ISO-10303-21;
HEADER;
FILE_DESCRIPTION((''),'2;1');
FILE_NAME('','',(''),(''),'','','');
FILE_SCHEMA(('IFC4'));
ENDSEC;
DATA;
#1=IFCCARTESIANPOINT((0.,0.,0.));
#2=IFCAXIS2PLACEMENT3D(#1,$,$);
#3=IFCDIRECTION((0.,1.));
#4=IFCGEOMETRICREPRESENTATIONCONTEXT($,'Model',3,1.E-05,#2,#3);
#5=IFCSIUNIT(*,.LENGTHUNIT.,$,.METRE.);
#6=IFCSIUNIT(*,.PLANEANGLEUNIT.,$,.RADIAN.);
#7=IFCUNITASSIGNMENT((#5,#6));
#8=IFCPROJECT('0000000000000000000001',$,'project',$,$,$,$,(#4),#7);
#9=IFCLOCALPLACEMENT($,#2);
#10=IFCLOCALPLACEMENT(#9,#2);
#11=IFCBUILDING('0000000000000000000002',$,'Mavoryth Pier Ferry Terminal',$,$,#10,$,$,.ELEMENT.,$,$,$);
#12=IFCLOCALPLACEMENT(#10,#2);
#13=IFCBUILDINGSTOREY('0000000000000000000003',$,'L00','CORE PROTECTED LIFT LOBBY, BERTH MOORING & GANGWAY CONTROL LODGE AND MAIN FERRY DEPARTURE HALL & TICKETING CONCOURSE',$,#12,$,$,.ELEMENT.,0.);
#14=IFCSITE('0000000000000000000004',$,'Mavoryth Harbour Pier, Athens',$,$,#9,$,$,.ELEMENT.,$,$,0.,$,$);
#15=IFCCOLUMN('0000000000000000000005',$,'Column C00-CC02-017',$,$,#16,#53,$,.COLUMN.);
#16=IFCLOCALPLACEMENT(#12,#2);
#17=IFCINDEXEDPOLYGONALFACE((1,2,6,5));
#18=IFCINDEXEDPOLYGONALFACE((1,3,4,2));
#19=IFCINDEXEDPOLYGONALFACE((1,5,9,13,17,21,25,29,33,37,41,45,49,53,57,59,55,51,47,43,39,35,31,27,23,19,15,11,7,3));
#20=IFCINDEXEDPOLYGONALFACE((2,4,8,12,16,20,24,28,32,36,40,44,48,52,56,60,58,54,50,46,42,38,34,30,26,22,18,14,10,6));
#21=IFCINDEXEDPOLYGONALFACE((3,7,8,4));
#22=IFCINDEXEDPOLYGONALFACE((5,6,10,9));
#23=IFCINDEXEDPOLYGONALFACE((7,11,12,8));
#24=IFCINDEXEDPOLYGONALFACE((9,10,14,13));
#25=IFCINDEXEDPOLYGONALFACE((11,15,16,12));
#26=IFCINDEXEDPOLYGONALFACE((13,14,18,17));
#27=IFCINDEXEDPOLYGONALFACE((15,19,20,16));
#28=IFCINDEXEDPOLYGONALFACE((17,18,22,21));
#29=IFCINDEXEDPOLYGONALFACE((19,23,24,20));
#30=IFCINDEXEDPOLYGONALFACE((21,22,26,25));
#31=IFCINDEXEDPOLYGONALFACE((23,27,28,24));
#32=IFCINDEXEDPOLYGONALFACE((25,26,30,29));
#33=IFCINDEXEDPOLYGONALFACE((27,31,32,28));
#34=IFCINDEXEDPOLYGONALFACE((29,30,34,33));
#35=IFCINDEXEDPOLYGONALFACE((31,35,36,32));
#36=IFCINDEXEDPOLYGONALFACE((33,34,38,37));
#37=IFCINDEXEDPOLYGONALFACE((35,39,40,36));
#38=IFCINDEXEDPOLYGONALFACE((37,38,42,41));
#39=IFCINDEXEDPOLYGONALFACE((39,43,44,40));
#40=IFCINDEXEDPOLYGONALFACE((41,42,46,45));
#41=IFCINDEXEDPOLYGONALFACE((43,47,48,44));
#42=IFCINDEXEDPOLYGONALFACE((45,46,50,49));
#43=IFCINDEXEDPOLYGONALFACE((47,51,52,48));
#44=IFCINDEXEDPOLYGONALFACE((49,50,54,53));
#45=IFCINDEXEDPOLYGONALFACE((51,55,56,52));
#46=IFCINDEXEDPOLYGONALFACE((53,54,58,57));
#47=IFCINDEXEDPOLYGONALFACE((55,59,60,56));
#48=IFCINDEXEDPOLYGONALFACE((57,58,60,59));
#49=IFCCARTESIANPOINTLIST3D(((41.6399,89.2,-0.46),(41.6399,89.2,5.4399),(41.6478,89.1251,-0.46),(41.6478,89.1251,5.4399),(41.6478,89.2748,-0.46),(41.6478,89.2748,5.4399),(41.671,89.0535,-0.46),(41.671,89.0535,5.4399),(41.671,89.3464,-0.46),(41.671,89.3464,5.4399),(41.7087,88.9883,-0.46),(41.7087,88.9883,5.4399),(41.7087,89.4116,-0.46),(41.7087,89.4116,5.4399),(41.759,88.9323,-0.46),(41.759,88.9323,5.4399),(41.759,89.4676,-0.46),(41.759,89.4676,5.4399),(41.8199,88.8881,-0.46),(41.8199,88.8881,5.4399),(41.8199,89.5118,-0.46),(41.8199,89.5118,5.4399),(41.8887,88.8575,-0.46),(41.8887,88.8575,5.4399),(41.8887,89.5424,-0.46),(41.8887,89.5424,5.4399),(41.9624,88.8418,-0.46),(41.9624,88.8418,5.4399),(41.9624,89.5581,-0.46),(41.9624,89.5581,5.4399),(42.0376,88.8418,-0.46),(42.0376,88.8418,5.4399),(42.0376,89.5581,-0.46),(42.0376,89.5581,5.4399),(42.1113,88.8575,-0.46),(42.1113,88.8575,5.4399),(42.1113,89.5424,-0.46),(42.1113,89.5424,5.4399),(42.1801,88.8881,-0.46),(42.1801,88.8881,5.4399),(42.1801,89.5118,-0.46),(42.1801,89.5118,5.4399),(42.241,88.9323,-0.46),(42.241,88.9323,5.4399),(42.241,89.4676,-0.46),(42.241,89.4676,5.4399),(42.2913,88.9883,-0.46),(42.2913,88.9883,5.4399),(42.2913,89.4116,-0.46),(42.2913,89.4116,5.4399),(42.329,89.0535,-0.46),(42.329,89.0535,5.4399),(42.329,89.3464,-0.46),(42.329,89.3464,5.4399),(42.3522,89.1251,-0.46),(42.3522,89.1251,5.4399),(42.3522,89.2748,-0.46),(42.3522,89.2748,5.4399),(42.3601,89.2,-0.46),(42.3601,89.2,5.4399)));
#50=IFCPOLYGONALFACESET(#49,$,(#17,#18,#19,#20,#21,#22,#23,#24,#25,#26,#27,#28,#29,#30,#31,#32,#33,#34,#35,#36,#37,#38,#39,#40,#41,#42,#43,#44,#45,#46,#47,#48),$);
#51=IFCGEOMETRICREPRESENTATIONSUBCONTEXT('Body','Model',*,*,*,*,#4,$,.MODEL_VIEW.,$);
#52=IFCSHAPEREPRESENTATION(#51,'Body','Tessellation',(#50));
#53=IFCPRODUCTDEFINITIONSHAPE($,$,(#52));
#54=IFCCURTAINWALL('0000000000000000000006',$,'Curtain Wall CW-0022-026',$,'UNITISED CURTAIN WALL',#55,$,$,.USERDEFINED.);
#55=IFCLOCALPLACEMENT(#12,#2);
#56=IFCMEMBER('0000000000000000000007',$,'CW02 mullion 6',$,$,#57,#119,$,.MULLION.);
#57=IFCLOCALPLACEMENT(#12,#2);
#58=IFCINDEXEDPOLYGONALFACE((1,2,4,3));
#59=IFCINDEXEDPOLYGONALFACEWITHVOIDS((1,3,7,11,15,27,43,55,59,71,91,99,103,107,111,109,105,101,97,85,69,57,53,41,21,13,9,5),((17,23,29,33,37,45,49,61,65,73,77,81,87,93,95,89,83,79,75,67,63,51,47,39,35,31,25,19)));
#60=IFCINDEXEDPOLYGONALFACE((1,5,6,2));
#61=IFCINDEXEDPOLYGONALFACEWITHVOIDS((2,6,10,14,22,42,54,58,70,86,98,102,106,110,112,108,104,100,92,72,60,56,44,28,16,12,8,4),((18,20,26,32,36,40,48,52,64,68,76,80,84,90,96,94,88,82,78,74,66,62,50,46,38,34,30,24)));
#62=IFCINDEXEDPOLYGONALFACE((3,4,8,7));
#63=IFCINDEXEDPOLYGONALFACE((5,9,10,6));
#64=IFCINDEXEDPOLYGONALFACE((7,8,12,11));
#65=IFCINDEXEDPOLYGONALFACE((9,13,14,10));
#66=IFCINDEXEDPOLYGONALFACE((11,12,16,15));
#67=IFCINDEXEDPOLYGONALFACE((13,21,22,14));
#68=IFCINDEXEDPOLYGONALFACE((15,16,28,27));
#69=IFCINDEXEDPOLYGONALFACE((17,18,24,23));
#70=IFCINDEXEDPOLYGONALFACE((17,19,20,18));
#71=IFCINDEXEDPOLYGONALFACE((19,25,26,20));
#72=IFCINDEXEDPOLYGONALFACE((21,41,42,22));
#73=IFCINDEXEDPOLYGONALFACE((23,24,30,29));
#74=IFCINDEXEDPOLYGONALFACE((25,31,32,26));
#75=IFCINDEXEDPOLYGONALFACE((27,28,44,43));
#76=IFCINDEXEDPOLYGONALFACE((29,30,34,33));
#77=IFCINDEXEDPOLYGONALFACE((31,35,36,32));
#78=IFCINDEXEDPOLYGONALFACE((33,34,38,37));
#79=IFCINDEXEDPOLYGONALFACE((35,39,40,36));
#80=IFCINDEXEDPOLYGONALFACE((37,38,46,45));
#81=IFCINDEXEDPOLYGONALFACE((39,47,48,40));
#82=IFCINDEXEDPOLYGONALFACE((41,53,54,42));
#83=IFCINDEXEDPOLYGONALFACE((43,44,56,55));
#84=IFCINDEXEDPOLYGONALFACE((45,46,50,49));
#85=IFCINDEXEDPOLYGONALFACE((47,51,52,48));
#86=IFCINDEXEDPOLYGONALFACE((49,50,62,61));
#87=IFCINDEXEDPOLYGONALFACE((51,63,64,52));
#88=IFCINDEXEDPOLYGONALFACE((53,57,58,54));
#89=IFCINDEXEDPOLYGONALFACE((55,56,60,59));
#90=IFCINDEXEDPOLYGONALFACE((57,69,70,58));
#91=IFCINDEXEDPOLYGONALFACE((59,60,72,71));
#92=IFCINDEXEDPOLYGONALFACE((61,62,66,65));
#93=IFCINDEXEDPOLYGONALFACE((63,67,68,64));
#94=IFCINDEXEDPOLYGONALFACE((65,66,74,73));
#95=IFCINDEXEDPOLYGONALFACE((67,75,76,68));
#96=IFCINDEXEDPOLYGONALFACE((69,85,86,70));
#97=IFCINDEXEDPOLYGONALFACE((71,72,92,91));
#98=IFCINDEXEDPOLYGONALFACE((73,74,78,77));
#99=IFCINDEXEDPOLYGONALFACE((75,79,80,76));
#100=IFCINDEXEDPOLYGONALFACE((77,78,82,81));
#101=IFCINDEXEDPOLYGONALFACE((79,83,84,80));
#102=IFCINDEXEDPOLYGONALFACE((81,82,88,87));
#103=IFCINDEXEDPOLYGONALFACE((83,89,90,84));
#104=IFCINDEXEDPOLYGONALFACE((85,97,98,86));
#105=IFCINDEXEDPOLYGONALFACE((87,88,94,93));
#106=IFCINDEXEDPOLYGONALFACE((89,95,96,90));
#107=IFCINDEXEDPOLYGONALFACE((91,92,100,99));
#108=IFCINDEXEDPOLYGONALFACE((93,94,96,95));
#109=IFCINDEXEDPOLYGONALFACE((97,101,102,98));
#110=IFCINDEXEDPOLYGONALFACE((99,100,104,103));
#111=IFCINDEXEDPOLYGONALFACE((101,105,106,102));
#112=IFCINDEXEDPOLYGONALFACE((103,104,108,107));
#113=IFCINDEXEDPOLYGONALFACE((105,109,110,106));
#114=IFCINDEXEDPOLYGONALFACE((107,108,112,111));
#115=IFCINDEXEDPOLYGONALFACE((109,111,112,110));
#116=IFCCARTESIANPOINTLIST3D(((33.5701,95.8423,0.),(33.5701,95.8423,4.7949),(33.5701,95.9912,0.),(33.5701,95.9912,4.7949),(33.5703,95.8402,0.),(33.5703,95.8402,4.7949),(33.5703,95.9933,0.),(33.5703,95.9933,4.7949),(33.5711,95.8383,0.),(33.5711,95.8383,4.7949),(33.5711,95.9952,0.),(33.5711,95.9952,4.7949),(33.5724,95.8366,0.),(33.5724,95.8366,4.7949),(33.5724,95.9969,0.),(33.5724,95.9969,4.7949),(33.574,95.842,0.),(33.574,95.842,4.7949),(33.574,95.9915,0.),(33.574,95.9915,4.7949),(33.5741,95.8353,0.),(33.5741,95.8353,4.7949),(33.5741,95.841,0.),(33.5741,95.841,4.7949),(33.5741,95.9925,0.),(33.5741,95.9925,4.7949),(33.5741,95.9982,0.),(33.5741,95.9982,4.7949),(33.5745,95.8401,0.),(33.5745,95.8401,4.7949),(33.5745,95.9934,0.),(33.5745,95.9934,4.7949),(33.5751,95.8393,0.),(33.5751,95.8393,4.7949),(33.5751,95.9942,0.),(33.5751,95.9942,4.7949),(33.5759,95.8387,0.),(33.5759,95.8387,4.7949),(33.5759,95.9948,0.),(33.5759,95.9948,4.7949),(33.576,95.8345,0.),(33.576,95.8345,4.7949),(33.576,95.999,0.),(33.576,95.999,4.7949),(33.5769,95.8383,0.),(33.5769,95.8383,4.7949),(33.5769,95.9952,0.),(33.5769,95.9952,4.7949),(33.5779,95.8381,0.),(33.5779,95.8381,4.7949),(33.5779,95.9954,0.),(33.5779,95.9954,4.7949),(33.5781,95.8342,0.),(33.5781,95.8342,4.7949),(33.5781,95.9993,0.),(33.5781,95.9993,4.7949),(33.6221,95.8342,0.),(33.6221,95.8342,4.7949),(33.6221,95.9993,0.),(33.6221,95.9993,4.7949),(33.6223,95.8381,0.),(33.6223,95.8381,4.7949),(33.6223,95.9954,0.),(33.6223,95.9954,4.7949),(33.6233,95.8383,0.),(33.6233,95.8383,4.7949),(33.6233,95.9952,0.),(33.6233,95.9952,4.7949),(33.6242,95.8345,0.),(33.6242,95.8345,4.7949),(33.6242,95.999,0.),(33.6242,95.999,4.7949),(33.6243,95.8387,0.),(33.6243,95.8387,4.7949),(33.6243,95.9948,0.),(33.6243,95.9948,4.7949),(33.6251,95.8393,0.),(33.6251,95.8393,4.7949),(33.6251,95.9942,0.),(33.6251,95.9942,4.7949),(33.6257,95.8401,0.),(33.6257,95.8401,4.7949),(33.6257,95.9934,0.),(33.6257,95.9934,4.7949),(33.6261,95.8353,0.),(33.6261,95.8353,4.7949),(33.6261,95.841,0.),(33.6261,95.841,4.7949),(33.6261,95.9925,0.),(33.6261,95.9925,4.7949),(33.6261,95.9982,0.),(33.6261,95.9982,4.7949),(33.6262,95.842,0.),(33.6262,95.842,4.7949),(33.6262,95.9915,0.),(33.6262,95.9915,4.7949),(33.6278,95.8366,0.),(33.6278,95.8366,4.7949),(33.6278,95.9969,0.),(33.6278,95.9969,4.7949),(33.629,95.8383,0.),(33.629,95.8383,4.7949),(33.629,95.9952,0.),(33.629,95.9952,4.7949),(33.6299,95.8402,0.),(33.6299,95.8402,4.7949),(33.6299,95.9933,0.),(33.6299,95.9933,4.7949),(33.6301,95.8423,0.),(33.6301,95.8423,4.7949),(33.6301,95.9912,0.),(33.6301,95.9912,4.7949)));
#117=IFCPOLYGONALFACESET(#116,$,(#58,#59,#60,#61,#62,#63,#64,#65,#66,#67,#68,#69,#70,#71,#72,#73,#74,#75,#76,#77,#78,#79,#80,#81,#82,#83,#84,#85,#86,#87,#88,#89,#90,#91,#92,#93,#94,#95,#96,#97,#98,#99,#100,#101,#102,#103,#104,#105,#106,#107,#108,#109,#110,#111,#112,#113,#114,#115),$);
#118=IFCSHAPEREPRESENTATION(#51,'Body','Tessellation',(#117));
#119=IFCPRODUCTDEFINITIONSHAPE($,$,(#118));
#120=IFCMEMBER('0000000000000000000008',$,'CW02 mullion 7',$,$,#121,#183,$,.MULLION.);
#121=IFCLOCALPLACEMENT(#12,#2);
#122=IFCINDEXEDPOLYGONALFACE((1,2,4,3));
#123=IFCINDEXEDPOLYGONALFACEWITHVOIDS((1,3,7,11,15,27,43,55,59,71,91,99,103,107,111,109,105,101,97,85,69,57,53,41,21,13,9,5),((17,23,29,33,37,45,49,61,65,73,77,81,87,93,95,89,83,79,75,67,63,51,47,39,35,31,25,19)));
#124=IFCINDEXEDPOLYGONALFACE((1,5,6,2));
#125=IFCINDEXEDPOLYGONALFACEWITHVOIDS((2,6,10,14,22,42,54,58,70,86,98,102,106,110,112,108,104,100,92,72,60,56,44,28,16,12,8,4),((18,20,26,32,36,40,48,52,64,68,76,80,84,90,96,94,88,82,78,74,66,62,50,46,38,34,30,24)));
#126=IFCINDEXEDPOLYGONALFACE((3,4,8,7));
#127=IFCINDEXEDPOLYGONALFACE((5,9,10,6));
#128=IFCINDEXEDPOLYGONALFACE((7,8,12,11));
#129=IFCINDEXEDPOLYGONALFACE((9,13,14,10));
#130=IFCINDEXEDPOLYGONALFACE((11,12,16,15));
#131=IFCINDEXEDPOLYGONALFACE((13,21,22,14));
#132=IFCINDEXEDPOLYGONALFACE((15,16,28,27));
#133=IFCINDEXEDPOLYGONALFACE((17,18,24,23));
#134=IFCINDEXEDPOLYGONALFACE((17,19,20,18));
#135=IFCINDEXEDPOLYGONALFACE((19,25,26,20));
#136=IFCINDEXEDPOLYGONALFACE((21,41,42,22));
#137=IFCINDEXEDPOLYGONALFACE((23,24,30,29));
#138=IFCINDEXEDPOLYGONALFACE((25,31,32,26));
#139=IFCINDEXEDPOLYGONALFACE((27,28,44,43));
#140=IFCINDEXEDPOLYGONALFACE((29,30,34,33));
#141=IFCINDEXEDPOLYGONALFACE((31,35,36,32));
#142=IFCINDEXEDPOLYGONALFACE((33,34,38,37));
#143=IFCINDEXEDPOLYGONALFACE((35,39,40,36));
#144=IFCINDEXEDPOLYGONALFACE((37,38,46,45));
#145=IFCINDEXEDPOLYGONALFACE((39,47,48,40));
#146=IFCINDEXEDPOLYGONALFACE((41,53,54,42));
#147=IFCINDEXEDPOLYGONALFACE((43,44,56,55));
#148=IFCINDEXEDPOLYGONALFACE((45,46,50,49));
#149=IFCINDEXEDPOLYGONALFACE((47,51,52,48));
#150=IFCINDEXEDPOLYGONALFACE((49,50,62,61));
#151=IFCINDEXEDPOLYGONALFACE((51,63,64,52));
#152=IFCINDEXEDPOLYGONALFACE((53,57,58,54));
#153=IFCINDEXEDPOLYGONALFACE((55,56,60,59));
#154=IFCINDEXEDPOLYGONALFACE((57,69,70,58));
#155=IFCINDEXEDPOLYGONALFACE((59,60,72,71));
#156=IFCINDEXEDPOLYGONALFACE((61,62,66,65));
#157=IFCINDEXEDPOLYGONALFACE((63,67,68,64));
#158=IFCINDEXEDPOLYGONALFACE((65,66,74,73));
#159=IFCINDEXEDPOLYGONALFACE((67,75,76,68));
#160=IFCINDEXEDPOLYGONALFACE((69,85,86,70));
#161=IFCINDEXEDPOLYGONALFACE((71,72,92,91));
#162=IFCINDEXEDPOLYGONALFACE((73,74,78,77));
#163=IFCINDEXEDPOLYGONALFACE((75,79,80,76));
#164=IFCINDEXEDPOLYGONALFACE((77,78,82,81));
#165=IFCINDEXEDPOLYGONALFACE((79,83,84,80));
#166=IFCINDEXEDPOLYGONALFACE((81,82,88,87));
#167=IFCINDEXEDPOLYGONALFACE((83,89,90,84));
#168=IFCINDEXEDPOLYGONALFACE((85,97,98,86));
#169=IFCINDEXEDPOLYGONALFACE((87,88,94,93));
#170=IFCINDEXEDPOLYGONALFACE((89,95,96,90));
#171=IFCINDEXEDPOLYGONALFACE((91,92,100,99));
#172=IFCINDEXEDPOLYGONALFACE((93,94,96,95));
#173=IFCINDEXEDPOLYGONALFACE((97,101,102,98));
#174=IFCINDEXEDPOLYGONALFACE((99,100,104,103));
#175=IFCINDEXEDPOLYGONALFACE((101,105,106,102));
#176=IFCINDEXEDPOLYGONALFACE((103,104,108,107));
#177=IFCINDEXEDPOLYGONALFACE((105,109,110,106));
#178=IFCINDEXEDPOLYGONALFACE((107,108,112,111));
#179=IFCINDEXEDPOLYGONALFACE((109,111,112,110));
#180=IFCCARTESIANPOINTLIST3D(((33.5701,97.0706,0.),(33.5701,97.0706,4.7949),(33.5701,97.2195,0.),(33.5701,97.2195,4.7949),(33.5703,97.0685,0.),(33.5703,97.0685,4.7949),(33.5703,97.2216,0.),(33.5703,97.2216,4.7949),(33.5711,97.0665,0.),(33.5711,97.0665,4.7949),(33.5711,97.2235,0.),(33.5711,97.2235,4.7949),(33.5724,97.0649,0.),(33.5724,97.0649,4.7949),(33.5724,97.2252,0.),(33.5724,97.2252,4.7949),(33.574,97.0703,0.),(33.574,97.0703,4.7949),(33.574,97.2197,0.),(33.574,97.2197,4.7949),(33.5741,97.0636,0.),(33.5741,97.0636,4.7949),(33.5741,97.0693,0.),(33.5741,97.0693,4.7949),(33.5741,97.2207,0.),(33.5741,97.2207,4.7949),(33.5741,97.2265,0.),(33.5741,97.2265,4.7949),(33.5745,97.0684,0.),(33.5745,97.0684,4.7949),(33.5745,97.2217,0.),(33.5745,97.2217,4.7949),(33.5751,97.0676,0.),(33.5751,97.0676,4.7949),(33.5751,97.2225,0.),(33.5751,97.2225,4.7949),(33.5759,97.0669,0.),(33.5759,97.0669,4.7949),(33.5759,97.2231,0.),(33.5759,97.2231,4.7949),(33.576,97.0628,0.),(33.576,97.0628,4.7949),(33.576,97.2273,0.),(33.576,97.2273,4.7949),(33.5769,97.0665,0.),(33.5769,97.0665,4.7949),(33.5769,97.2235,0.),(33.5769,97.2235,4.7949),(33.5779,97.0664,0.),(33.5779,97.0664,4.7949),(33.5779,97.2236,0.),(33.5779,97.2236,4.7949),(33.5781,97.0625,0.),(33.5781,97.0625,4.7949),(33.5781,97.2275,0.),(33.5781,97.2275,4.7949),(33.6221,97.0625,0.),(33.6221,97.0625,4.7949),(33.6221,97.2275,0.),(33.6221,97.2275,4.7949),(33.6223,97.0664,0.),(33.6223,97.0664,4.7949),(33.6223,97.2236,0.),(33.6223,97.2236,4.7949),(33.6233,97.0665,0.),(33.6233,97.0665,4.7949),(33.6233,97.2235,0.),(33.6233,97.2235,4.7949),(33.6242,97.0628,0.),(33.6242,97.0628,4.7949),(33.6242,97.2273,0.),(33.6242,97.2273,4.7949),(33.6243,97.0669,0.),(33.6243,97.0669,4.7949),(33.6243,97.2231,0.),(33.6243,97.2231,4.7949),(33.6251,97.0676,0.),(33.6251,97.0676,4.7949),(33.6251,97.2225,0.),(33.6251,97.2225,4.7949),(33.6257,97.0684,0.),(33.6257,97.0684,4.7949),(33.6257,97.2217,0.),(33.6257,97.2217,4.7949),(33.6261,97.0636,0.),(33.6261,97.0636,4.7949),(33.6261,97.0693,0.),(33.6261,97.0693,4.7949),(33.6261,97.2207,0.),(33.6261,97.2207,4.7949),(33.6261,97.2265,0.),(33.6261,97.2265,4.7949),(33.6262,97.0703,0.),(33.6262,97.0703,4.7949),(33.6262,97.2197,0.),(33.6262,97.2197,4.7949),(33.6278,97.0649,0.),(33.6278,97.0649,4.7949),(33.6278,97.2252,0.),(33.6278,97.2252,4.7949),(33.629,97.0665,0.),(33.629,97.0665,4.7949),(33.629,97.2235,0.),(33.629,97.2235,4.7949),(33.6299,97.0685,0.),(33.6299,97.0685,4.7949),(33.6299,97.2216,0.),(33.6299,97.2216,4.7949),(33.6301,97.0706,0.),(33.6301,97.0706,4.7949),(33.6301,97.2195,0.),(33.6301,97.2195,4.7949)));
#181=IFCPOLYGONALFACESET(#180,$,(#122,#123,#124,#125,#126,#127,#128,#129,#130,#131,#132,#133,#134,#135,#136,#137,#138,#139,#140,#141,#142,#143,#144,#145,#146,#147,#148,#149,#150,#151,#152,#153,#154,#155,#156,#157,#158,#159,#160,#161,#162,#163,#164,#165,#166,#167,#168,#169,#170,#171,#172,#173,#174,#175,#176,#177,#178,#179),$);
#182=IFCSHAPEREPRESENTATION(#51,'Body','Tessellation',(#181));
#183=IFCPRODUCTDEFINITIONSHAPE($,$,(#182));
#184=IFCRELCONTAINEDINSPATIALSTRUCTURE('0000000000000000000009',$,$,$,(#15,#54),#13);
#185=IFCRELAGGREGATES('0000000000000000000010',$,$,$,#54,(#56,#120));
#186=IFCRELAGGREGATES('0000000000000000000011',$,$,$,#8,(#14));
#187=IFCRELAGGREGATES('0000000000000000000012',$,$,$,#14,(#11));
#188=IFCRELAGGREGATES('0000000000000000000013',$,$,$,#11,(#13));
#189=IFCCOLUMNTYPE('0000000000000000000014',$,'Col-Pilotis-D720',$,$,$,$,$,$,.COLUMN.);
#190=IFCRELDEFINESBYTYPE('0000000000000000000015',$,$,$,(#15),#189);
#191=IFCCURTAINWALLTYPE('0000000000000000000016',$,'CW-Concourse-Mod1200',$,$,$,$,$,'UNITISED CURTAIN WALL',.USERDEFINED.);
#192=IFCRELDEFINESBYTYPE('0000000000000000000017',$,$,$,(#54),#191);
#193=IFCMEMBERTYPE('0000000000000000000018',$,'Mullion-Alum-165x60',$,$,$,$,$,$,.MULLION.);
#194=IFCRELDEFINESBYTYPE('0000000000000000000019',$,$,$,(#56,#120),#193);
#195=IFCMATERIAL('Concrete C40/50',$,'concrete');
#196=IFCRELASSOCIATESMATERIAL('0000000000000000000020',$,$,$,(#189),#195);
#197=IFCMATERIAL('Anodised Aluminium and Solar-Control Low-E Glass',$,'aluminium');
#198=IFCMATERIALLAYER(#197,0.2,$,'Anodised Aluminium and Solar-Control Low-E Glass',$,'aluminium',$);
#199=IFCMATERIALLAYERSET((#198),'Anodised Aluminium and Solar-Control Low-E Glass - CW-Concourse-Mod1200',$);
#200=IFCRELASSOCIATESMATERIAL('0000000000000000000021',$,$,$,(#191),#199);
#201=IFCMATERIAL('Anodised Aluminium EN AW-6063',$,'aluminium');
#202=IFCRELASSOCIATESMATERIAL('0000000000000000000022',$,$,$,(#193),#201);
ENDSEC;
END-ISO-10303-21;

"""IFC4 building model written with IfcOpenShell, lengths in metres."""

from ifc_helpers import new_model, si_unit, direction, frame, origin, origin_2d, place, context, subcontext, project, spatial, hollow_rectangle, circle, extrude, material, layer, layer_set, material_profile, profile_set, type_object, element, aggregate, save


model = new_model("IFC4")

# Units and contexts
model_context = context("Model", 3, precision=1e-05, world=origin(), true_north=direction((0.0, 1.0)))
body_context = subcontext(model_context, "Body", "Model", "MODEL_VIEW")
ifc_project = project(units=[si_unit("LENGTHUNIT", "METRE"), si_unit("PLANEANGLEUNIT", "RADIAN")], contexts=[model_context])

# Site, building, storey
site_placement = place(None, origin())
site = spatial("IfcSite", under=ifc_project, at=site_placement, Name="Mavoryth Harbour Pier, Athens", CompositionType="ELEMENT", RefElevation=0.0)
building_placement = place(site_placement, origin())
building = spatial("IfcBuilding", under=site, at=building_placement, Name="Mavoryth Pier Ferry Terminal", CompositionType="ELEMENT")
storey_placement = place(building_placement, origin())
storey = spatial("IfcBuildingStorey", under=building, at=storey_placement, Name="L00", Description="CORE PROTECTED LIFT LOBBY, BERTH MOORING & GANGWAY CONTROL LODGE AND MAIN FERRY DEPARTURE HALL & TICKETING CONCOURSE", CompositionType="ELEMENT", Elevation=0.0)

# Column
ifc_material_1 = material(Name="Concrete C40/50", Category="concrete")
ifc_material_profile_1 = material_profile(ifc_material_1, circle(Radius=0.3601, at=origin_2d()), Name="RC D720", Category="concrete")
ifc_profile_set_1 = profile_set([ifc_material_profile_1], Name="Concrete C40/50 - RC D720")
column_type = type_object("IfcColumnType", Name="Col-Pilotis-D720", PredefinedType="COLUMN", material=ifc_profile_set_1)
column_placement = place(storey_placement, frame((42.0, 89.2, -0.46), z_axis=(0.0, 0.0, 1.0), x_axis=(1.0, 0.0, 0.0)))
element("IfcColumn", 1, at=column_placement, inside=storey, type_object=column_type, Name="Column C00-CC02-017", PredefinedType="COLUMN", context=body_context, shape_type="SweptSolid", body=[
    extrude(circle(Radius=0.3601, at=origin_2d()), origin(), (0.0, 0.0, 1.0), 5.8999),
])

# Curtain wall, members
ifc_material_2 = material(Name="Anodised Aluminium and Solar-Control Low-E Glass", Category="aluminium")
ifc_layer_1 = layer(ifc_material_2, 0.2, Name="Anodised Aluminium and Solar-Control Low-E Glass", Category="aluminium")
ifc_layer_set_1 = layer_set([ifc_layer_1], Name="Anodised Aluminium and Solar-Control Low-E Glass - CW-Concourse-Mod1200")
curtain_wall_type = type_object("IfcCurtainWallType", Name="CW-Concourse-Mod1200", ElementType="UNITISED CURTAIN WALL", PredefinedType="USERDEFINED", material=ifc_layer_set_1)
curtain_wall_placement = place(storey_placement, origin())
curtain_wall = element("IfcCurtainWall", 2, at=curtain_wall_placement, inside=storey, type_object=curtain_wall_type, Name="Curtain Wall CW-0022-026", ObjectType="UNITISED CURTAIN WALL", PredefinedType="USERDEFINED")
ifc_material_3 = material(Name="Anodised Aluminium EN AW-6063", Category="aluminium")
ifc_material_profile_2 = material_profile(ifc_material_3, hollow_rectangle(XDim=0.0601, YDim=0.165, WallThickness=0.0039, InnerFilletRadius=0.0039, OuterFilletRadius=0.0081, at=origin_2d()), Name="AL-MULL 165x60x4", Category="aluminium")
ifc_profile_set_2 = profile_set([ifc_material_profile_2], Name="Anodised Aluminium EN AW-6063 - AL-MULL 165x60x4")
member_type_1 = type_object("IfcMemberType", Name="Mullion-Alum-165x60", PredefinedType="MULLION", material=ifc_profile_set_2)
member_1_placement = place(storey_placement, frame((33.6001, 95.9167, 0.0), z_axis=(0.0, 0.0, 1.0), x_axis=(-1.0, 0.0, 0.0)))
member_1 = element("IfcMember", 3, at=member_1_placement, type_object=member_type_1, Name="CW02 mullion 6", PredefinedType="MULLION", context=body_context, shape_type="SweptSolid", body=[
    extrude(hollow_rectangle(XDim=0.0601, YDim=0.165, WallThickness=0.0039, InnerFilletRadius=0.0039, OuterFilletRadius=0.0081, at=origin_2d()), origin(), (0.0, 0.0, 1.0), 4.7949),
])
member_2_placement = place(storey_placement, frame((33.6001, 97.145, 0.0), z_axis=(0.0, 0.0, 1.0), x_axis=(-1.0, 0.0, 0.0)))
member_2 = element("IfcMember", 4, at=member_2_placement, type_object=member_type_1, Name="CW02 mullion 7", PredefinedType="MULLION", context=body_context, shape_type="SweptSolid", body=[
    extrude(hollow_rectangle(XDim=0.0601, YDim=0.165, WallThickness=0.0039, InnerFilletRadius=0.0039, OuterFilletRadius=0.0081, at=origin_2d()), origin(), (0.0, 0.0, 1.0), 4.7949),
])
aggregate(curtain_wall, [member_1, member_2])

save(model, "model.ifc")
